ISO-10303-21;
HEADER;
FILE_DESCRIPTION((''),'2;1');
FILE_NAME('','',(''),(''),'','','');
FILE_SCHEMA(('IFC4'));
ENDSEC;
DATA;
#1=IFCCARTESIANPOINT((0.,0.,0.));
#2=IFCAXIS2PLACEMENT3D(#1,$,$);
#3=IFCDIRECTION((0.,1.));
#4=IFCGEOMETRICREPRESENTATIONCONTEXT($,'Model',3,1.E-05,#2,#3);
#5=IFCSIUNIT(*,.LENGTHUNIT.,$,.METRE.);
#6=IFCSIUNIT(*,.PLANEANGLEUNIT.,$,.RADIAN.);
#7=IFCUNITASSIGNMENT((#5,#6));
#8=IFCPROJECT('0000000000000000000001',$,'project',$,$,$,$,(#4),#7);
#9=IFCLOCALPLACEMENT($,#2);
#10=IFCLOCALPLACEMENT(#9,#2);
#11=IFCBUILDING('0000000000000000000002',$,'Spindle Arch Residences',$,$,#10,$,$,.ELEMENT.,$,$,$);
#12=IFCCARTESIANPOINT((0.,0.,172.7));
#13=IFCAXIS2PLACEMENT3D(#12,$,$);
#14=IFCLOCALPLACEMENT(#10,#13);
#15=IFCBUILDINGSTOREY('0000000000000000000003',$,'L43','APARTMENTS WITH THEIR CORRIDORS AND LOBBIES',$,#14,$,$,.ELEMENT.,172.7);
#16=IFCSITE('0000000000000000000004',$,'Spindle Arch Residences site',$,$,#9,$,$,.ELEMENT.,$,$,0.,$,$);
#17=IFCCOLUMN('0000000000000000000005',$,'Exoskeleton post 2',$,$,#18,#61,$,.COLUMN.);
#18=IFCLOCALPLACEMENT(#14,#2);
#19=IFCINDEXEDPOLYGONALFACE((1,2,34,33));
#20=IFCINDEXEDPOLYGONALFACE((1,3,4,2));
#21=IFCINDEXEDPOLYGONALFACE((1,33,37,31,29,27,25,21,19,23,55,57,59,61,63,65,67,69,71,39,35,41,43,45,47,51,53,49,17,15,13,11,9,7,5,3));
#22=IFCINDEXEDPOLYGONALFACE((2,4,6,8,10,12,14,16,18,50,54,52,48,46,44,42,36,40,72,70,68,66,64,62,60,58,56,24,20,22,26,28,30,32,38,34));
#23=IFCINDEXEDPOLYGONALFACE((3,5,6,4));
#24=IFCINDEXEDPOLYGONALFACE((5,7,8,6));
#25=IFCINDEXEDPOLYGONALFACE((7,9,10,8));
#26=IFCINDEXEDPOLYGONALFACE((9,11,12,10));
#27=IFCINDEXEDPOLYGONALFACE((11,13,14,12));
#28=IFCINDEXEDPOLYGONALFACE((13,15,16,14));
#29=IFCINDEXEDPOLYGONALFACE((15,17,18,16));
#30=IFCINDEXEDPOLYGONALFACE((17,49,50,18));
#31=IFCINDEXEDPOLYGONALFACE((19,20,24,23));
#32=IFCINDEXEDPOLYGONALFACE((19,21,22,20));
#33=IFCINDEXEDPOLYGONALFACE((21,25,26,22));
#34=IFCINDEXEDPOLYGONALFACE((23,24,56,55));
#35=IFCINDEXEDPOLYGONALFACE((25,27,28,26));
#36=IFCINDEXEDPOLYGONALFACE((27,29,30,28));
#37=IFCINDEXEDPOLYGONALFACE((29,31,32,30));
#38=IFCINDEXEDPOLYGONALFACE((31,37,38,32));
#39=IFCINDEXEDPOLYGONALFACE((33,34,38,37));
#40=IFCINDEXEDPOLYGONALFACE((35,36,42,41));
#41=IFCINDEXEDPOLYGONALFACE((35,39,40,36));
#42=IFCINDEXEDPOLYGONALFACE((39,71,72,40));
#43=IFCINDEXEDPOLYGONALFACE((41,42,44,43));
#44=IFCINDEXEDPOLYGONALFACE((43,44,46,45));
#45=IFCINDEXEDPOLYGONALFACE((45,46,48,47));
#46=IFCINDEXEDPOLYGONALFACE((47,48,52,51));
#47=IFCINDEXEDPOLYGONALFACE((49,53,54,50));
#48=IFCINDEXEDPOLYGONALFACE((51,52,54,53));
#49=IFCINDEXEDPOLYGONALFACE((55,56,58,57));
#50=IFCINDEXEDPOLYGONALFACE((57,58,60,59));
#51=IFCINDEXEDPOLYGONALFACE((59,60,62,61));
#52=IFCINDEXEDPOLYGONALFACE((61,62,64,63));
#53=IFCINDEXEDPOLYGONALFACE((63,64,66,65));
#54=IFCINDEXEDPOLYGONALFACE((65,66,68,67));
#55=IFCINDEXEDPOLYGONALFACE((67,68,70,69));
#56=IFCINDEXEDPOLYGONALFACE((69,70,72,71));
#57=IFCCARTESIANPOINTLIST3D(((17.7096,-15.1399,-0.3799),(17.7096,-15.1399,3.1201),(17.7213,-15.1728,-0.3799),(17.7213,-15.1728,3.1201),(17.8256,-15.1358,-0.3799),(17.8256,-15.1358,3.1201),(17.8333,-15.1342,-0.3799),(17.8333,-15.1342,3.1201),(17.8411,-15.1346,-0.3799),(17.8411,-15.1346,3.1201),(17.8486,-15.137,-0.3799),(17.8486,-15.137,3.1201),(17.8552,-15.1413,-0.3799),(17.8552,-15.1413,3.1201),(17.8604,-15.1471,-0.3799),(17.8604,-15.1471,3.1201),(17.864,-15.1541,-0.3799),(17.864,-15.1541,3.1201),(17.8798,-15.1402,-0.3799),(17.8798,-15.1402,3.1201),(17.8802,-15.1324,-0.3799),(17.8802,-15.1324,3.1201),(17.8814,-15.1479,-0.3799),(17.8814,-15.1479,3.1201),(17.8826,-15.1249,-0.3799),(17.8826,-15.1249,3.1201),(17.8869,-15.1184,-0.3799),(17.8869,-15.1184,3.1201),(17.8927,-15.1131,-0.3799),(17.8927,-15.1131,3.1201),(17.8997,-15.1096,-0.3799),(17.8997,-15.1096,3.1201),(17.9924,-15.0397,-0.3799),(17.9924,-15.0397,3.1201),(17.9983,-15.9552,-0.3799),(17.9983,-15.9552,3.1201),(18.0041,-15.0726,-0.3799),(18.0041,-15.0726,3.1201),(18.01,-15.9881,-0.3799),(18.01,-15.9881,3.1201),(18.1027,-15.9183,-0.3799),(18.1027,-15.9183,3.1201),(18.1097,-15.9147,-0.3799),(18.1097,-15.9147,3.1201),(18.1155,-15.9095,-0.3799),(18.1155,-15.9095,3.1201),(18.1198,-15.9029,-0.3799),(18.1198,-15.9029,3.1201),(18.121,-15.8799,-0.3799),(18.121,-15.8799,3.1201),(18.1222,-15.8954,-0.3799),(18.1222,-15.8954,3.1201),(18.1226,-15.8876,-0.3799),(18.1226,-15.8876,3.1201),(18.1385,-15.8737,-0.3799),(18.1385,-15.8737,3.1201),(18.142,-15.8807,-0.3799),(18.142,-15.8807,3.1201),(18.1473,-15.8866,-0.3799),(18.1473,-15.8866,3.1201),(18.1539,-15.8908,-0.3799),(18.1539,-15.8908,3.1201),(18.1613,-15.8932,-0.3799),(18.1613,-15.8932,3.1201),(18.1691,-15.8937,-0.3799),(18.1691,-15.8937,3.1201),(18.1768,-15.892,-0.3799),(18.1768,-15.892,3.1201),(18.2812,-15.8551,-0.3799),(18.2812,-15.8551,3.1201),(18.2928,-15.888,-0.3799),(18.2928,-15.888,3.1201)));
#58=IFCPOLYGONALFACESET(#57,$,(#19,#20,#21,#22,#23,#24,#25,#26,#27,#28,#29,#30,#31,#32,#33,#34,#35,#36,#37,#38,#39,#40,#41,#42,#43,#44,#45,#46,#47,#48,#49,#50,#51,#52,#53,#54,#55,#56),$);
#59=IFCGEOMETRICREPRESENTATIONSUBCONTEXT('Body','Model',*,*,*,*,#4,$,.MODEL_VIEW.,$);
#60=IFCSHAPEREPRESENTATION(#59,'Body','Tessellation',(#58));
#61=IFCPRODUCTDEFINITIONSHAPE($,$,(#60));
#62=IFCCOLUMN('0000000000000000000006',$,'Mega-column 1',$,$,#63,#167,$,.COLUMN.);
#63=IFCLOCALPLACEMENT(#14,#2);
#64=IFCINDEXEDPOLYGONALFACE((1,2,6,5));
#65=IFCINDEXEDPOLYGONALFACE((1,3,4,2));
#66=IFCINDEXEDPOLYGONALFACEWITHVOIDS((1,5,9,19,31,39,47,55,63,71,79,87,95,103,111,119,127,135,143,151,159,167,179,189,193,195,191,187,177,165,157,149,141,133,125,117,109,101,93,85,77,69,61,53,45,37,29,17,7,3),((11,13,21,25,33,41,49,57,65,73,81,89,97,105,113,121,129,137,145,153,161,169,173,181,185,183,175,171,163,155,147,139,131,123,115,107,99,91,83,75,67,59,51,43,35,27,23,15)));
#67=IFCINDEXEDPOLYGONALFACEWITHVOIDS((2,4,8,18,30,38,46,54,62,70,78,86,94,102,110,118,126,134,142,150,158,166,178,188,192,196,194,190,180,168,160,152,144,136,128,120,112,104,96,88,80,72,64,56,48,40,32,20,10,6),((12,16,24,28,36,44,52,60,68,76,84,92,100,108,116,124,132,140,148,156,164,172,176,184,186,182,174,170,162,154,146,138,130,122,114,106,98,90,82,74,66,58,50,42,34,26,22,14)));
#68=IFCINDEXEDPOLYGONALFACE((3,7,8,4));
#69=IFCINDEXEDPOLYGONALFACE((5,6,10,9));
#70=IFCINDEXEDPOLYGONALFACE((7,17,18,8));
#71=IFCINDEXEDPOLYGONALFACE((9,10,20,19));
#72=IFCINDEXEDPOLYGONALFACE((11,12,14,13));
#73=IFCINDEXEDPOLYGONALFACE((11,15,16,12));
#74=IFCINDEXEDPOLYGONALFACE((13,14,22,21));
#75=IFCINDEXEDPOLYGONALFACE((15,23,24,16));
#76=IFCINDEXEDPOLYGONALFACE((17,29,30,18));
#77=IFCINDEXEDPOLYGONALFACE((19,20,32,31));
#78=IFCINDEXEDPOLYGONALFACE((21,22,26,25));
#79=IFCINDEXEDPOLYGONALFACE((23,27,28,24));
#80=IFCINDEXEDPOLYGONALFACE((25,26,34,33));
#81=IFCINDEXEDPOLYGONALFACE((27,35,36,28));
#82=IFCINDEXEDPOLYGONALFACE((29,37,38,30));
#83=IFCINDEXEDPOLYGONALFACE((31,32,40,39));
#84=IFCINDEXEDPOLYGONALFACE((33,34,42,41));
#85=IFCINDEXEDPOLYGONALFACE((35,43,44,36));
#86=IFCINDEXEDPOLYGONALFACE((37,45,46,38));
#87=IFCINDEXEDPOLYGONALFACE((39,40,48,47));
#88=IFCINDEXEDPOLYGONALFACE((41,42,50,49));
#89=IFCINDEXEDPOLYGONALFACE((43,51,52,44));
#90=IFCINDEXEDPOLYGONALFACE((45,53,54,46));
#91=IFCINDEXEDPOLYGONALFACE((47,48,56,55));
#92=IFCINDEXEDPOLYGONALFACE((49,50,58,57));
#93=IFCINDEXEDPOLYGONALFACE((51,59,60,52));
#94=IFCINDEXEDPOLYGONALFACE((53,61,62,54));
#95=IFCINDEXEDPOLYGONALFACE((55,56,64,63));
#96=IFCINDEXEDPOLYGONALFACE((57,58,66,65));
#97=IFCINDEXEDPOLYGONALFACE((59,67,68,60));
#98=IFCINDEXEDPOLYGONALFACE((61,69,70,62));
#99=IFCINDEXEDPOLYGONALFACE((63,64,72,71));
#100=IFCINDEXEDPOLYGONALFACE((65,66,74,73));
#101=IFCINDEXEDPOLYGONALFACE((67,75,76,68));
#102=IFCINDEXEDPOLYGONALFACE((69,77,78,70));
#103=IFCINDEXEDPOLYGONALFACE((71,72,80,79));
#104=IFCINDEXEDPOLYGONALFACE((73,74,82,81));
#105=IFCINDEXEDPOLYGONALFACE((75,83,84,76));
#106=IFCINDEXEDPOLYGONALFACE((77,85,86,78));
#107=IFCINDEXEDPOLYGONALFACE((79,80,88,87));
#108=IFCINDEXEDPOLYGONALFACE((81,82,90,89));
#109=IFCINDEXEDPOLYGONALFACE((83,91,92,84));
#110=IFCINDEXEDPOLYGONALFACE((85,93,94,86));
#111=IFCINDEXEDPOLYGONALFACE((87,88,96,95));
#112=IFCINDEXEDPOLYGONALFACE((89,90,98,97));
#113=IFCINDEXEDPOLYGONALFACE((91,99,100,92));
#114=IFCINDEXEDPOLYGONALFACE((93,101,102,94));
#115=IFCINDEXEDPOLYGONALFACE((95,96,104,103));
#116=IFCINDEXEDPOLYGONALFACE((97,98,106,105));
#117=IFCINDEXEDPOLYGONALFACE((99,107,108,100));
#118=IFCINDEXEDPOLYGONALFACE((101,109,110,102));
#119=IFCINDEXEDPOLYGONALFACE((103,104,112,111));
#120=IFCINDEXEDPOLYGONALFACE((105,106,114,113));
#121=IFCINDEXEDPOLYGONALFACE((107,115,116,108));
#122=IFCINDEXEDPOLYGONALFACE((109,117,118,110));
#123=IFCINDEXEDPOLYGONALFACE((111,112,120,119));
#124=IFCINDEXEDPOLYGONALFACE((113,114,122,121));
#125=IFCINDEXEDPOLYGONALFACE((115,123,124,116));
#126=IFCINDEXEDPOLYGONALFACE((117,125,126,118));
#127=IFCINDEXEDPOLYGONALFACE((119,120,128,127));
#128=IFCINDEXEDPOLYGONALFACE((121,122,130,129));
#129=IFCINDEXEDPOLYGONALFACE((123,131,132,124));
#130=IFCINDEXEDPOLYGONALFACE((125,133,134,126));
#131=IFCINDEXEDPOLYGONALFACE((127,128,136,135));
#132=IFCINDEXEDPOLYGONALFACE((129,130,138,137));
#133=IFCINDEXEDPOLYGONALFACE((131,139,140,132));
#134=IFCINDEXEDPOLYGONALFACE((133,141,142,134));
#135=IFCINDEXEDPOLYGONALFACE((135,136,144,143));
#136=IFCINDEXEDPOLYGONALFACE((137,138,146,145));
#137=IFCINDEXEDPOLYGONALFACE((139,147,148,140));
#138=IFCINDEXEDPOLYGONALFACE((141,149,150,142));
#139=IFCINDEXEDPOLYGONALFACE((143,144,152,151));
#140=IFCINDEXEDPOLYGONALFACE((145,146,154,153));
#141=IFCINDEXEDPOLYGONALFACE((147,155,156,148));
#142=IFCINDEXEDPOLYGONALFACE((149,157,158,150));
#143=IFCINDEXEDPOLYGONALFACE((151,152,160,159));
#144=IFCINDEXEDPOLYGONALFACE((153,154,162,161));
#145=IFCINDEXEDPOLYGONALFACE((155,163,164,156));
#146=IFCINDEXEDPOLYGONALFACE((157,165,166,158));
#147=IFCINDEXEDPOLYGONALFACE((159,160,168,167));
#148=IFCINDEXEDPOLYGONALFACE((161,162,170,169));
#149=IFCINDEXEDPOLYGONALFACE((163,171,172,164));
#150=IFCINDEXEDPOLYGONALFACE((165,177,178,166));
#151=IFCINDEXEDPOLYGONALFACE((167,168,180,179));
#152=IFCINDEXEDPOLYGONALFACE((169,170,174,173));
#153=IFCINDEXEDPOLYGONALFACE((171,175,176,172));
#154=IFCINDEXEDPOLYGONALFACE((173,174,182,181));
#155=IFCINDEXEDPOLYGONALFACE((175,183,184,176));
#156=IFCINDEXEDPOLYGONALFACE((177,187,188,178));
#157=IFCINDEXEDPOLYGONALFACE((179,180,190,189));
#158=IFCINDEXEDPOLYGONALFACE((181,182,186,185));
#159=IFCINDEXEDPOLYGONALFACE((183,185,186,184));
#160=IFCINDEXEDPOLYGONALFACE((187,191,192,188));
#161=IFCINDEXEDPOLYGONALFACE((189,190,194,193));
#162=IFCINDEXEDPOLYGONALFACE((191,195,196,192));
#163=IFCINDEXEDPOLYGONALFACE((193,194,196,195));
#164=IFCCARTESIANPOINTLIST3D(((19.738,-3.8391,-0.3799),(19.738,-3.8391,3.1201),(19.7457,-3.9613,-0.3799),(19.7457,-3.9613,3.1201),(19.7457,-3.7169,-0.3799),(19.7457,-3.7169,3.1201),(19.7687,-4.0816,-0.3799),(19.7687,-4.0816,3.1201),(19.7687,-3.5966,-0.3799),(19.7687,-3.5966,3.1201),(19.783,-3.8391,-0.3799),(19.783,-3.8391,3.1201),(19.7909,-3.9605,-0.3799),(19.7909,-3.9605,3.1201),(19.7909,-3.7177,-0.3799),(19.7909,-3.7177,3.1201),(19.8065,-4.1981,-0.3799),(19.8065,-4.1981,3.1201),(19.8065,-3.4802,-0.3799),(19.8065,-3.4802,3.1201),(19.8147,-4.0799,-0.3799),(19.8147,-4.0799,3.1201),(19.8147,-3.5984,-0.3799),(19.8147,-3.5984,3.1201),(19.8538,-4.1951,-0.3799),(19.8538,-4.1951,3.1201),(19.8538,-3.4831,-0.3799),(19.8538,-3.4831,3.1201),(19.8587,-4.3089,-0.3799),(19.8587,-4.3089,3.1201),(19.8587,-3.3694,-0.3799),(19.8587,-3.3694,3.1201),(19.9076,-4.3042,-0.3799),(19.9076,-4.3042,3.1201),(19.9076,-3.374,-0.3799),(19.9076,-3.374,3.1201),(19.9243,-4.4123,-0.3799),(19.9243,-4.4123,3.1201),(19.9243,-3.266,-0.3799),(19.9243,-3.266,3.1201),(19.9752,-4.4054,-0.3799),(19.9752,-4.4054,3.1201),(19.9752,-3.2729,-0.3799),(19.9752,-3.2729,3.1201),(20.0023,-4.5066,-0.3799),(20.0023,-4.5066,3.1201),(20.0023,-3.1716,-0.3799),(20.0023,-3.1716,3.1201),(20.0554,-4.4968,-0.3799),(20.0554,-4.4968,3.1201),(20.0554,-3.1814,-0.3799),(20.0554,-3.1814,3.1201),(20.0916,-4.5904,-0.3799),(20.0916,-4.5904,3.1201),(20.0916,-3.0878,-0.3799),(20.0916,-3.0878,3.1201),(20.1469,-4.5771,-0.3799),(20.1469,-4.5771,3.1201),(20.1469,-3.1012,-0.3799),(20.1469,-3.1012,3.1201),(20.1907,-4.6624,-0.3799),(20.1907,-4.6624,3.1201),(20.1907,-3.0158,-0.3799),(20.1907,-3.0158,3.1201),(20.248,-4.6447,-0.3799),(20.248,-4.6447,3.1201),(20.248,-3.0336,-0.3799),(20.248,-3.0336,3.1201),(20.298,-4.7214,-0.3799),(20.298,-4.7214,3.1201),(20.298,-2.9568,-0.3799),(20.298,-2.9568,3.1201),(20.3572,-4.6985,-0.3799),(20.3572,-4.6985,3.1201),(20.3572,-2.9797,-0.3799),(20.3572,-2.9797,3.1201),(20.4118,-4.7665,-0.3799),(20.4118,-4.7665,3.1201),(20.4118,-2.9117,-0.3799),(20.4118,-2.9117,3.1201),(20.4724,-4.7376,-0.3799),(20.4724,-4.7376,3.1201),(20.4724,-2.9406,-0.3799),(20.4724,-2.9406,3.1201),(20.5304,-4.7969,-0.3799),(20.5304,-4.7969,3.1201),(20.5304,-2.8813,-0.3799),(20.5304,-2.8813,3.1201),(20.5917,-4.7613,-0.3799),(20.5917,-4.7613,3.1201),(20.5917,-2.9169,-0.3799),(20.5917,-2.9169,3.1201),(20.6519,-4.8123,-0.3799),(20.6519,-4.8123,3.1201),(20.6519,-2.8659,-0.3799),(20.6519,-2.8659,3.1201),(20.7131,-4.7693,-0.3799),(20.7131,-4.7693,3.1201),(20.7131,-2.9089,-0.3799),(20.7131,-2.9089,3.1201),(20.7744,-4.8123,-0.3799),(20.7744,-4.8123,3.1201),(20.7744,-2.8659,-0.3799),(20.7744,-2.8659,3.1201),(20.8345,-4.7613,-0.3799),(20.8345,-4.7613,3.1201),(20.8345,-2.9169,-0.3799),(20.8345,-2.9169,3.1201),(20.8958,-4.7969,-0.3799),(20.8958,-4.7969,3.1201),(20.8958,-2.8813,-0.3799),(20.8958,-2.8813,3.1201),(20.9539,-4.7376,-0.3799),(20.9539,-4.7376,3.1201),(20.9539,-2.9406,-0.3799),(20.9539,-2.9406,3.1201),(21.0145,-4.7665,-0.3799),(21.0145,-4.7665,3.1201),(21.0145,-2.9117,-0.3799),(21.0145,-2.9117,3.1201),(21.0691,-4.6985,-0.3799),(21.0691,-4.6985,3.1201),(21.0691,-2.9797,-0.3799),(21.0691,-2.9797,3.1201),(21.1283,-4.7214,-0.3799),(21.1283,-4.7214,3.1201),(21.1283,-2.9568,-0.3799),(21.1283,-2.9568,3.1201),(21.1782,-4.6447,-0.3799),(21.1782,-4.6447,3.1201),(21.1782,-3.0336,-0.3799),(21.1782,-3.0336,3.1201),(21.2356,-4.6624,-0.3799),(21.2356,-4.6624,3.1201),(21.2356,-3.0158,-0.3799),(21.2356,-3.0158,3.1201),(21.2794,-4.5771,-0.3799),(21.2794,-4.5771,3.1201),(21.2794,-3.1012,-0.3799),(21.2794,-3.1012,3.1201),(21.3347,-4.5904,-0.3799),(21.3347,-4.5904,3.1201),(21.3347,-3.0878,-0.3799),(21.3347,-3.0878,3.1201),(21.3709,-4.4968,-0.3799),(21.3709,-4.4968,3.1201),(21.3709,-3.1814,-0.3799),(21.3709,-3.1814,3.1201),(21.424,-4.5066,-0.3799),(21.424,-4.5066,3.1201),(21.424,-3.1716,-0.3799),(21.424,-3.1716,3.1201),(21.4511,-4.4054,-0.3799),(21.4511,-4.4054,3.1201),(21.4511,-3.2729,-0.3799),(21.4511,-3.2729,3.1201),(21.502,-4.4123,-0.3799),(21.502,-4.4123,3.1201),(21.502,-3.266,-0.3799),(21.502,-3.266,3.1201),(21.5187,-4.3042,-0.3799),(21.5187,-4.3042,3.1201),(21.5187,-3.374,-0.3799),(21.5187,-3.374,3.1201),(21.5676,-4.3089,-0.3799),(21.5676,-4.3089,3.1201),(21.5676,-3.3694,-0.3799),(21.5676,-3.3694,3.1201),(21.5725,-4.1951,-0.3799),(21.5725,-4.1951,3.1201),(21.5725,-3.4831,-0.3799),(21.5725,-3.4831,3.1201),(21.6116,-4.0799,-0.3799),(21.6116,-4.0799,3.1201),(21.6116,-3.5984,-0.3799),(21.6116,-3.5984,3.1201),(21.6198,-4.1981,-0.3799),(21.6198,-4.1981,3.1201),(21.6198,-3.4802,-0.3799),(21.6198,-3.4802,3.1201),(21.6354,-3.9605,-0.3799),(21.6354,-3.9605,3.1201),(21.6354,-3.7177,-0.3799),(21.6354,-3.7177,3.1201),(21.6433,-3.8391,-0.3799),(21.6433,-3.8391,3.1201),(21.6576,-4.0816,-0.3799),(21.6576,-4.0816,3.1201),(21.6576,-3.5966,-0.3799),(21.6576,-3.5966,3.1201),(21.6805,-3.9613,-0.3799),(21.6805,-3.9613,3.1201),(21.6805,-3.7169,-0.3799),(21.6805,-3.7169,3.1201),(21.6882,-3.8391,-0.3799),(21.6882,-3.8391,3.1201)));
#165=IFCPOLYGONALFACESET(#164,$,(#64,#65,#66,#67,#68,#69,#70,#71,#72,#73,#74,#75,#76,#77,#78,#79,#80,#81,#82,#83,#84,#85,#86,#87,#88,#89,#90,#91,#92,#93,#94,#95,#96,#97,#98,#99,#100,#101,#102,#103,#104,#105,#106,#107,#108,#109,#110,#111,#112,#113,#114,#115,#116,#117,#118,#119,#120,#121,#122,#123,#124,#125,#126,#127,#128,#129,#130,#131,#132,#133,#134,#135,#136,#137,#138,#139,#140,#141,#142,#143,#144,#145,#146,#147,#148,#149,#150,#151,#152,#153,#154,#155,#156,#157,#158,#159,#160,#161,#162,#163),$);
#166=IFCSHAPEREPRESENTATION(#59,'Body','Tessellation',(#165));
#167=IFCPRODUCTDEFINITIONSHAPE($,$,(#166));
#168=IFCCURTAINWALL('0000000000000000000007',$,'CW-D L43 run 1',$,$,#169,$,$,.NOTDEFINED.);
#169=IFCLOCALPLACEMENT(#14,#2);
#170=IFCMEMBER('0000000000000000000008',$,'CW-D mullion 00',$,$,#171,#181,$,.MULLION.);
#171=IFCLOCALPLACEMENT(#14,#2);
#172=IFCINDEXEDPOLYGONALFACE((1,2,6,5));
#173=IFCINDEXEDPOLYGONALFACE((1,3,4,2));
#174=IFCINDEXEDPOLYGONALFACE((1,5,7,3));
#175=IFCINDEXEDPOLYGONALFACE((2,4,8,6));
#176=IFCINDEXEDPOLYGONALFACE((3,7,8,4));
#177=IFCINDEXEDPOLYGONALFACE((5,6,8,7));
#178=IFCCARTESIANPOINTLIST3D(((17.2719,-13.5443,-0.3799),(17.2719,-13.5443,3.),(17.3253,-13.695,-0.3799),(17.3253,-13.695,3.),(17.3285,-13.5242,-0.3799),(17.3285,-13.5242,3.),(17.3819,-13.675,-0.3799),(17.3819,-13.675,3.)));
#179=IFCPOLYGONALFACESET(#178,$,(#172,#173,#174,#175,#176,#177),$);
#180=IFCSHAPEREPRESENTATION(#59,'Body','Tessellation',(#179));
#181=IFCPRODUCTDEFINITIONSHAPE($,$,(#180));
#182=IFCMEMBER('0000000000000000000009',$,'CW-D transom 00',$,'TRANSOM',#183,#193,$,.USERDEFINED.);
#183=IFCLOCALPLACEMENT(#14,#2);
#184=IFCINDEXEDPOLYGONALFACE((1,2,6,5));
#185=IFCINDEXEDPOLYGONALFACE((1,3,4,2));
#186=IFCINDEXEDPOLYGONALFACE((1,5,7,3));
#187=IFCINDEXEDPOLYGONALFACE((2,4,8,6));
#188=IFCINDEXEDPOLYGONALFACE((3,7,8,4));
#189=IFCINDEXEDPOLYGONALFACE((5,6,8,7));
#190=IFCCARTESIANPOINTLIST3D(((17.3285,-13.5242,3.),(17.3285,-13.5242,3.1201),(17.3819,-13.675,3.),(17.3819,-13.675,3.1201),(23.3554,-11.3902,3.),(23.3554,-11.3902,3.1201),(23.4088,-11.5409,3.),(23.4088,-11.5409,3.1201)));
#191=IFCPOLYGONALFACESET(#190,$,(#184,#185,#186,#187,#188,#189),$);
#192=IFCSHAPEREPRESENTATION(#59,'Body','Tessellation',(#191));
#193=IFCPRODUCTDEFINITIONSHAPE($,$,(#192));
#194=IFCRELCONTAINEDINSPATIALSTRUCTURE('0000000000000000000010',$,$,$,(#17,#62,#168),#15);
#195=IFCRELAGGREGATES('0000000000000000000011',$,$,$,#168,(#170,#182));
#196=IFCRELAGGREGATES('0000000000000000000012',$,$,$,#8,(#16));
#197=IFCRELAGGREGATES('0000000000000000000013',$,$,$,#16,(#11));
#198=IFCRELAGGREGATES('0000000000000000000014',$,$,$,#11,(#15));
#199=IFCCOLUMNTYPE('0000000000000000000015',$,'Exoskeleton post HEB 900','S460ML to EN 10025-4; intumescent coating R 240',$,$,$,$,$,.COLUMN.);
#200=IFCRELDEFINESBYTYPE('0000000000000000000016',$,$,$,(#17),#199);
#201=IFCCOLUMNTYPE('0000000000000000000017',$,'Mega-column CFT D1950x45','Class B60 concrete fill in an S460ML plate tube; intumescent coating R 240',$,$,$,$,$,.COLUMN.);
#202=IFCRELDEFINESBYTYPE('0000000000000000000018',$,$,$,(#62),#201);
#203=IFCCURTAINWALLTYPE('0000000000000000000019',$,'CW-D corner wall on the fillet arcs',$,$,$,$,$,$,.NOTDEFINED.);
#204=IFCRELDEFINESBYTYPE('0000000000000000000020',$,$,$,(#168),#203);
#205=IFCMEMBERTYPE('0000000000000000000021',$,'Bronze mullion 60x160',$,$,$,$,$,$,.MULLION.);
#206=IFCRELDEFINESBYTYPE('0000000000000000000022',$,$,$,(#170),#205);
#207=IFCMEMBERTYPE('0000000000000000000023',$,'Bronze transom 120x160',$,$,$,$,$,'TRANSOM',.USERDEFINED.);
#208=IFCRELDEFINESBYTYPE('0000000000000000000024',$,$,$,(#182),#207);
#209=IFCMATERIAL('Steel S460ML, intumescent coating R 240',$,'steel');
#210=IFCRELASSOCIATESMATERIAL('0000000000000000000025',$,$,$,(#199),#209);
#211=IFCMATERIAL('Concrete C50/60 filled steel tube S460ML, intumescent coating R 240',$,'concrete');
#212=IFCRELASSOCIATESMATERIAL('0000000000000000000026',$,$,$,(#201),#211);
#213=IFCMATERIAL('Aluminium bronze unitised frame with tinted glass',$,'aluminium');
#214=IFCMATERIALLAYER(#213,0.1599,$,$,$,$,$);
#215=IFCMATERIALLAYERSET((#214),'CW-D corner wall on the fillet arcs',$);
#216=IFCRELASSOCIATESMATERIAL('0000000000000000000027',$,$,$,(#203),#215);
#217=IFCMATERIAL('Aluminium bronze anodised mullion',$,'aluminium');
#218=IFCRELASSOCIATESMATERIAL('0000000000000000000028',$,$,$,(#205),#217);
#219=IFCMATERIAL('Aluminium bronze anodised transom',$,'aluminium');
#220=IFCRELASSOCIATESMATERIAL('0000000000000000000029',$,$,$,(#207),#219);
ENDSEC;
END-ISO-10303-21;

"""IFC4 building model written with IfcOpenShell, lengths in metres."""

from ifc_helpers import new_model, si_unit, direction, frame, origin, origin_2d, place, context, subcontext, project, spatial, rectangle, hollow_circle, i_section, extrude, material, layer, layer_set, material_profile, profile_set, type_object, element, aggregate, save


model = new_model("IFC4")

# Units and contexts
model_context = context("Model", 3, precision=1e-05, world=origin(), true_north=direction((0.0, 1.0)))
body_context = subcontext(model_context, "Body", "Model", "MODEL_VIEW")
ifc_project = project(units=[si_unit("LENGTHUNIT", "METRE"), si_unit("PLANEANGLEUNIT", "RADIAN")], contexts=[model_context])

# Site, building, storey
site_placement = place(None, origin())
site = spatial("IfcSite", under=ifc_project, at=site_placement, Name="Spindle Arch Residences site", CompositionType="ELEMENT", RefElevation=0.0)
building_placement = place(site_placement, origin())
building = spatial("IfcBuilding", under=site, at=building_placement, Name="Spindle Arch Residences", CompositionType="ELEMENT")
storey_placement = place(building_placement, frame((0.0, 0.0, 172.7)))
storey = spatial("IfcBuildingStorey", under=building, at=storey_placement, Name="L43", Description="APARTMENTS WITH THEIR CORRIDORS AND LOBBIES", CompositionType="ELEMENT", Elevation=172.7)

# Columns
ifc_material_1 = material(Name="Steel S460ML, intumescent coating R 240", Category="steel")
ifc_material_profile_1 = material_profile(ifc_material_1, i_section(OverallWidth=0.3, OverallDepth=0.8999, WebThickness=0.0186, FlangeThickness=0.0349, FilletRadius=0.03, at=origin_2d()), Name="HEB 900")
ifc_profile_set_1 = profile_set([ifc_material_profile_1], Name="Steel S460ML, intumescent coating R 240")
column_type_1 = type_object("IfcColumnType", Name="Exoskeleton post HEB 900", Description="S460ML to EN 10025-4; intumescent coating R 240", PredefinedType="COLUMN", material=ifc_profile_set_1)
column_1_placement = place(storey_placement, frame((18.0012, -15.5139, -0.3799), z_axis=(0.0, 0.0, 1.0), x_axis=(-0.942641, -0.333807, 0.0)))
element("IfcColumn", 1, at=column_1_placement, inside=storey, type_object=column_type_1, Name="Exoskeleton post 2", PredefinedType="COLUMN", context=body_context, shape_type="SweptSolid", body=[
    extrude(i_section(OverallWidth=0.3, OverallDepth=0.8999, WebThickness=0.0186, FlangeThickness=0.0349, FilletRadius=0.03, at=origin_2d()), origin(), (0.0, 0.0, 1.0), 3.5),
])
ifc_material_2 = material(Name="Concrete C50/60 filled steel tube S460ML, intumescent coating R 240", Category="concrete")
ifc_material_profile_2 = material_profile(ifc_material_2, hollow_circle(Radius=0.9751, WallThickness=0.0449, at=origin_2d()), Name="CFT D1950x45")
ifc_profile_set_2 = profile_set([ifc_material_profile_2], Name="Concrete C50/60 filled steel tube S460ML, intumescent coating R 240")
column_type_2 = type_object("IfcColumnType", Name="Mega-column CFT D1950x45", Description="Class B60 concrete fill in an S460ML plate tube; intumescent coating R 240", PredefinedType="COLUMN", material=ifc_profile_set_2)
column_2_placement = place(storey_placement, frame((20.7131, -3.8391, -0.3799), z_axis=(0.0, 0.0, 1.0), x_axis=(1.0, 0.0, 0.0)))
element("IfcColumn", 2, at=column_2_placement, inside=storey, type_object=column_type_2, Name="Mega-column 1", PredefinedType="COLUMN", context=body_context, shape_type="SweptSolid", body=[
    extrude(hollow_circle(Radius=0.9751, WallThickness=0.0449, at=origin_2d()), origin(), (0.0, 0.0, 1.0), 3.5),
])

# Curtain wall, members
ifc_material_3 = material(Name="Aluminium bronze unitised frame with tinted glass", Category="aluminium")
ifc_layer_1 = layer(ifc_material_3, 0.1599)
ifc_layer_set_1 = layer_set([ifc_layer_1], Name="CW-D corner wall on the fillet arcs")
curtain_wall_type_1 = type_object("IfcCurtainWallType", Name="CW-D corner wall on the fillet arcs", PredefinedType="NOTDEFINED", material=ifc_layer_set_1)
curtain_wall_1_placement = place(storey_placement, origin())
curtain_wall_1 = element("IfcCurtainWall", 3, at=curtain_wall_1_placement, inside=storey, type_object=curtain_wall_type_1, Name="CW-D L43 run 1", PredefinedType="NOTDEFINED")
ifc_material_4 = material(Name="Aluminium bronze anodised mullion", Category="aluminium")
ifc_material_profile_3 = material_profile(ifc_material_4, rectangle(XDim=0.1599, YDim=0.0601, at=origin_2d()), Name="MU 60x160")
ifc_profile_set_3 = profile_set([ifc_material_profile_3], Name="Aluminium bronze anodised mullion")
member_type_1 = type_object("IfcMemberType", Name="Bronze mullion 60x160", PredefinedType="MULLION", material=ifc_profile_set_3)
member_1_placement = place(storey_placement, frame((17.3269, -13.6096, -0.3799), z_axis=(0.0, 0.0, 1.0), x_axis=(-0.333807, 0.942641, 0.0)))
member_1 = element("IfcMember", 4, at=member_1_placement, type_object=member_type_1, Name="CW-D mullion 00", PredefinedType="MULLION", context=body_context, shape_type="SweptSolid", body=[
    extrude(rectangle(XDim=0.1599, YDim=0.0601, at=origin_2d()), origin(), (0.0, 0.0, 1.0), 3.3799),
])
ifc_material_5 = material(Name="Aluminium bronze anodised transom", Category="aluminium")
ifc_material_profile_4 = material_profile(ifc_material_5, rectangle(XDim=0.1599, YDim=0.1201, at=origin_2d()), Name="TR 120x160")
ifc_profile_set_4 = profile_set([ifc_material_profile_4], Name="Aluminium bronze anodised transom")
member_type_2 = type_object("IfcMemberType", Name="Bronze transom 120x160", ElementType="TRANSOM", PredefinedType="USERDEFINED", material=ifc_profile_set_4)
member_2_placement = place(storey_placement, frame((17.3552, -13.5996, 3.0601), z_axis=(0.942651, 0.333781, 0.0), x_axis=(-0.333781, 0.942651, 0.0)))
member_2 = element("IfcMember", 5, at=member_2_placement, type_object=member_type_2, Name="CW-D transom 00", ObjectType="TRANSOM", PredefinedType="USERDEFINED", context=body_context, shape_type="SweptSolid", body=[
    extrude(rectangle(XDim=0.1599, YDim=0.1201, at=origin_2d()), origin(), (0.0, 0.0, 1.0), 6.3936),
])

aggregate(curtain_wall_1, [member_1, member_2])

save(model, "model.ifc")
